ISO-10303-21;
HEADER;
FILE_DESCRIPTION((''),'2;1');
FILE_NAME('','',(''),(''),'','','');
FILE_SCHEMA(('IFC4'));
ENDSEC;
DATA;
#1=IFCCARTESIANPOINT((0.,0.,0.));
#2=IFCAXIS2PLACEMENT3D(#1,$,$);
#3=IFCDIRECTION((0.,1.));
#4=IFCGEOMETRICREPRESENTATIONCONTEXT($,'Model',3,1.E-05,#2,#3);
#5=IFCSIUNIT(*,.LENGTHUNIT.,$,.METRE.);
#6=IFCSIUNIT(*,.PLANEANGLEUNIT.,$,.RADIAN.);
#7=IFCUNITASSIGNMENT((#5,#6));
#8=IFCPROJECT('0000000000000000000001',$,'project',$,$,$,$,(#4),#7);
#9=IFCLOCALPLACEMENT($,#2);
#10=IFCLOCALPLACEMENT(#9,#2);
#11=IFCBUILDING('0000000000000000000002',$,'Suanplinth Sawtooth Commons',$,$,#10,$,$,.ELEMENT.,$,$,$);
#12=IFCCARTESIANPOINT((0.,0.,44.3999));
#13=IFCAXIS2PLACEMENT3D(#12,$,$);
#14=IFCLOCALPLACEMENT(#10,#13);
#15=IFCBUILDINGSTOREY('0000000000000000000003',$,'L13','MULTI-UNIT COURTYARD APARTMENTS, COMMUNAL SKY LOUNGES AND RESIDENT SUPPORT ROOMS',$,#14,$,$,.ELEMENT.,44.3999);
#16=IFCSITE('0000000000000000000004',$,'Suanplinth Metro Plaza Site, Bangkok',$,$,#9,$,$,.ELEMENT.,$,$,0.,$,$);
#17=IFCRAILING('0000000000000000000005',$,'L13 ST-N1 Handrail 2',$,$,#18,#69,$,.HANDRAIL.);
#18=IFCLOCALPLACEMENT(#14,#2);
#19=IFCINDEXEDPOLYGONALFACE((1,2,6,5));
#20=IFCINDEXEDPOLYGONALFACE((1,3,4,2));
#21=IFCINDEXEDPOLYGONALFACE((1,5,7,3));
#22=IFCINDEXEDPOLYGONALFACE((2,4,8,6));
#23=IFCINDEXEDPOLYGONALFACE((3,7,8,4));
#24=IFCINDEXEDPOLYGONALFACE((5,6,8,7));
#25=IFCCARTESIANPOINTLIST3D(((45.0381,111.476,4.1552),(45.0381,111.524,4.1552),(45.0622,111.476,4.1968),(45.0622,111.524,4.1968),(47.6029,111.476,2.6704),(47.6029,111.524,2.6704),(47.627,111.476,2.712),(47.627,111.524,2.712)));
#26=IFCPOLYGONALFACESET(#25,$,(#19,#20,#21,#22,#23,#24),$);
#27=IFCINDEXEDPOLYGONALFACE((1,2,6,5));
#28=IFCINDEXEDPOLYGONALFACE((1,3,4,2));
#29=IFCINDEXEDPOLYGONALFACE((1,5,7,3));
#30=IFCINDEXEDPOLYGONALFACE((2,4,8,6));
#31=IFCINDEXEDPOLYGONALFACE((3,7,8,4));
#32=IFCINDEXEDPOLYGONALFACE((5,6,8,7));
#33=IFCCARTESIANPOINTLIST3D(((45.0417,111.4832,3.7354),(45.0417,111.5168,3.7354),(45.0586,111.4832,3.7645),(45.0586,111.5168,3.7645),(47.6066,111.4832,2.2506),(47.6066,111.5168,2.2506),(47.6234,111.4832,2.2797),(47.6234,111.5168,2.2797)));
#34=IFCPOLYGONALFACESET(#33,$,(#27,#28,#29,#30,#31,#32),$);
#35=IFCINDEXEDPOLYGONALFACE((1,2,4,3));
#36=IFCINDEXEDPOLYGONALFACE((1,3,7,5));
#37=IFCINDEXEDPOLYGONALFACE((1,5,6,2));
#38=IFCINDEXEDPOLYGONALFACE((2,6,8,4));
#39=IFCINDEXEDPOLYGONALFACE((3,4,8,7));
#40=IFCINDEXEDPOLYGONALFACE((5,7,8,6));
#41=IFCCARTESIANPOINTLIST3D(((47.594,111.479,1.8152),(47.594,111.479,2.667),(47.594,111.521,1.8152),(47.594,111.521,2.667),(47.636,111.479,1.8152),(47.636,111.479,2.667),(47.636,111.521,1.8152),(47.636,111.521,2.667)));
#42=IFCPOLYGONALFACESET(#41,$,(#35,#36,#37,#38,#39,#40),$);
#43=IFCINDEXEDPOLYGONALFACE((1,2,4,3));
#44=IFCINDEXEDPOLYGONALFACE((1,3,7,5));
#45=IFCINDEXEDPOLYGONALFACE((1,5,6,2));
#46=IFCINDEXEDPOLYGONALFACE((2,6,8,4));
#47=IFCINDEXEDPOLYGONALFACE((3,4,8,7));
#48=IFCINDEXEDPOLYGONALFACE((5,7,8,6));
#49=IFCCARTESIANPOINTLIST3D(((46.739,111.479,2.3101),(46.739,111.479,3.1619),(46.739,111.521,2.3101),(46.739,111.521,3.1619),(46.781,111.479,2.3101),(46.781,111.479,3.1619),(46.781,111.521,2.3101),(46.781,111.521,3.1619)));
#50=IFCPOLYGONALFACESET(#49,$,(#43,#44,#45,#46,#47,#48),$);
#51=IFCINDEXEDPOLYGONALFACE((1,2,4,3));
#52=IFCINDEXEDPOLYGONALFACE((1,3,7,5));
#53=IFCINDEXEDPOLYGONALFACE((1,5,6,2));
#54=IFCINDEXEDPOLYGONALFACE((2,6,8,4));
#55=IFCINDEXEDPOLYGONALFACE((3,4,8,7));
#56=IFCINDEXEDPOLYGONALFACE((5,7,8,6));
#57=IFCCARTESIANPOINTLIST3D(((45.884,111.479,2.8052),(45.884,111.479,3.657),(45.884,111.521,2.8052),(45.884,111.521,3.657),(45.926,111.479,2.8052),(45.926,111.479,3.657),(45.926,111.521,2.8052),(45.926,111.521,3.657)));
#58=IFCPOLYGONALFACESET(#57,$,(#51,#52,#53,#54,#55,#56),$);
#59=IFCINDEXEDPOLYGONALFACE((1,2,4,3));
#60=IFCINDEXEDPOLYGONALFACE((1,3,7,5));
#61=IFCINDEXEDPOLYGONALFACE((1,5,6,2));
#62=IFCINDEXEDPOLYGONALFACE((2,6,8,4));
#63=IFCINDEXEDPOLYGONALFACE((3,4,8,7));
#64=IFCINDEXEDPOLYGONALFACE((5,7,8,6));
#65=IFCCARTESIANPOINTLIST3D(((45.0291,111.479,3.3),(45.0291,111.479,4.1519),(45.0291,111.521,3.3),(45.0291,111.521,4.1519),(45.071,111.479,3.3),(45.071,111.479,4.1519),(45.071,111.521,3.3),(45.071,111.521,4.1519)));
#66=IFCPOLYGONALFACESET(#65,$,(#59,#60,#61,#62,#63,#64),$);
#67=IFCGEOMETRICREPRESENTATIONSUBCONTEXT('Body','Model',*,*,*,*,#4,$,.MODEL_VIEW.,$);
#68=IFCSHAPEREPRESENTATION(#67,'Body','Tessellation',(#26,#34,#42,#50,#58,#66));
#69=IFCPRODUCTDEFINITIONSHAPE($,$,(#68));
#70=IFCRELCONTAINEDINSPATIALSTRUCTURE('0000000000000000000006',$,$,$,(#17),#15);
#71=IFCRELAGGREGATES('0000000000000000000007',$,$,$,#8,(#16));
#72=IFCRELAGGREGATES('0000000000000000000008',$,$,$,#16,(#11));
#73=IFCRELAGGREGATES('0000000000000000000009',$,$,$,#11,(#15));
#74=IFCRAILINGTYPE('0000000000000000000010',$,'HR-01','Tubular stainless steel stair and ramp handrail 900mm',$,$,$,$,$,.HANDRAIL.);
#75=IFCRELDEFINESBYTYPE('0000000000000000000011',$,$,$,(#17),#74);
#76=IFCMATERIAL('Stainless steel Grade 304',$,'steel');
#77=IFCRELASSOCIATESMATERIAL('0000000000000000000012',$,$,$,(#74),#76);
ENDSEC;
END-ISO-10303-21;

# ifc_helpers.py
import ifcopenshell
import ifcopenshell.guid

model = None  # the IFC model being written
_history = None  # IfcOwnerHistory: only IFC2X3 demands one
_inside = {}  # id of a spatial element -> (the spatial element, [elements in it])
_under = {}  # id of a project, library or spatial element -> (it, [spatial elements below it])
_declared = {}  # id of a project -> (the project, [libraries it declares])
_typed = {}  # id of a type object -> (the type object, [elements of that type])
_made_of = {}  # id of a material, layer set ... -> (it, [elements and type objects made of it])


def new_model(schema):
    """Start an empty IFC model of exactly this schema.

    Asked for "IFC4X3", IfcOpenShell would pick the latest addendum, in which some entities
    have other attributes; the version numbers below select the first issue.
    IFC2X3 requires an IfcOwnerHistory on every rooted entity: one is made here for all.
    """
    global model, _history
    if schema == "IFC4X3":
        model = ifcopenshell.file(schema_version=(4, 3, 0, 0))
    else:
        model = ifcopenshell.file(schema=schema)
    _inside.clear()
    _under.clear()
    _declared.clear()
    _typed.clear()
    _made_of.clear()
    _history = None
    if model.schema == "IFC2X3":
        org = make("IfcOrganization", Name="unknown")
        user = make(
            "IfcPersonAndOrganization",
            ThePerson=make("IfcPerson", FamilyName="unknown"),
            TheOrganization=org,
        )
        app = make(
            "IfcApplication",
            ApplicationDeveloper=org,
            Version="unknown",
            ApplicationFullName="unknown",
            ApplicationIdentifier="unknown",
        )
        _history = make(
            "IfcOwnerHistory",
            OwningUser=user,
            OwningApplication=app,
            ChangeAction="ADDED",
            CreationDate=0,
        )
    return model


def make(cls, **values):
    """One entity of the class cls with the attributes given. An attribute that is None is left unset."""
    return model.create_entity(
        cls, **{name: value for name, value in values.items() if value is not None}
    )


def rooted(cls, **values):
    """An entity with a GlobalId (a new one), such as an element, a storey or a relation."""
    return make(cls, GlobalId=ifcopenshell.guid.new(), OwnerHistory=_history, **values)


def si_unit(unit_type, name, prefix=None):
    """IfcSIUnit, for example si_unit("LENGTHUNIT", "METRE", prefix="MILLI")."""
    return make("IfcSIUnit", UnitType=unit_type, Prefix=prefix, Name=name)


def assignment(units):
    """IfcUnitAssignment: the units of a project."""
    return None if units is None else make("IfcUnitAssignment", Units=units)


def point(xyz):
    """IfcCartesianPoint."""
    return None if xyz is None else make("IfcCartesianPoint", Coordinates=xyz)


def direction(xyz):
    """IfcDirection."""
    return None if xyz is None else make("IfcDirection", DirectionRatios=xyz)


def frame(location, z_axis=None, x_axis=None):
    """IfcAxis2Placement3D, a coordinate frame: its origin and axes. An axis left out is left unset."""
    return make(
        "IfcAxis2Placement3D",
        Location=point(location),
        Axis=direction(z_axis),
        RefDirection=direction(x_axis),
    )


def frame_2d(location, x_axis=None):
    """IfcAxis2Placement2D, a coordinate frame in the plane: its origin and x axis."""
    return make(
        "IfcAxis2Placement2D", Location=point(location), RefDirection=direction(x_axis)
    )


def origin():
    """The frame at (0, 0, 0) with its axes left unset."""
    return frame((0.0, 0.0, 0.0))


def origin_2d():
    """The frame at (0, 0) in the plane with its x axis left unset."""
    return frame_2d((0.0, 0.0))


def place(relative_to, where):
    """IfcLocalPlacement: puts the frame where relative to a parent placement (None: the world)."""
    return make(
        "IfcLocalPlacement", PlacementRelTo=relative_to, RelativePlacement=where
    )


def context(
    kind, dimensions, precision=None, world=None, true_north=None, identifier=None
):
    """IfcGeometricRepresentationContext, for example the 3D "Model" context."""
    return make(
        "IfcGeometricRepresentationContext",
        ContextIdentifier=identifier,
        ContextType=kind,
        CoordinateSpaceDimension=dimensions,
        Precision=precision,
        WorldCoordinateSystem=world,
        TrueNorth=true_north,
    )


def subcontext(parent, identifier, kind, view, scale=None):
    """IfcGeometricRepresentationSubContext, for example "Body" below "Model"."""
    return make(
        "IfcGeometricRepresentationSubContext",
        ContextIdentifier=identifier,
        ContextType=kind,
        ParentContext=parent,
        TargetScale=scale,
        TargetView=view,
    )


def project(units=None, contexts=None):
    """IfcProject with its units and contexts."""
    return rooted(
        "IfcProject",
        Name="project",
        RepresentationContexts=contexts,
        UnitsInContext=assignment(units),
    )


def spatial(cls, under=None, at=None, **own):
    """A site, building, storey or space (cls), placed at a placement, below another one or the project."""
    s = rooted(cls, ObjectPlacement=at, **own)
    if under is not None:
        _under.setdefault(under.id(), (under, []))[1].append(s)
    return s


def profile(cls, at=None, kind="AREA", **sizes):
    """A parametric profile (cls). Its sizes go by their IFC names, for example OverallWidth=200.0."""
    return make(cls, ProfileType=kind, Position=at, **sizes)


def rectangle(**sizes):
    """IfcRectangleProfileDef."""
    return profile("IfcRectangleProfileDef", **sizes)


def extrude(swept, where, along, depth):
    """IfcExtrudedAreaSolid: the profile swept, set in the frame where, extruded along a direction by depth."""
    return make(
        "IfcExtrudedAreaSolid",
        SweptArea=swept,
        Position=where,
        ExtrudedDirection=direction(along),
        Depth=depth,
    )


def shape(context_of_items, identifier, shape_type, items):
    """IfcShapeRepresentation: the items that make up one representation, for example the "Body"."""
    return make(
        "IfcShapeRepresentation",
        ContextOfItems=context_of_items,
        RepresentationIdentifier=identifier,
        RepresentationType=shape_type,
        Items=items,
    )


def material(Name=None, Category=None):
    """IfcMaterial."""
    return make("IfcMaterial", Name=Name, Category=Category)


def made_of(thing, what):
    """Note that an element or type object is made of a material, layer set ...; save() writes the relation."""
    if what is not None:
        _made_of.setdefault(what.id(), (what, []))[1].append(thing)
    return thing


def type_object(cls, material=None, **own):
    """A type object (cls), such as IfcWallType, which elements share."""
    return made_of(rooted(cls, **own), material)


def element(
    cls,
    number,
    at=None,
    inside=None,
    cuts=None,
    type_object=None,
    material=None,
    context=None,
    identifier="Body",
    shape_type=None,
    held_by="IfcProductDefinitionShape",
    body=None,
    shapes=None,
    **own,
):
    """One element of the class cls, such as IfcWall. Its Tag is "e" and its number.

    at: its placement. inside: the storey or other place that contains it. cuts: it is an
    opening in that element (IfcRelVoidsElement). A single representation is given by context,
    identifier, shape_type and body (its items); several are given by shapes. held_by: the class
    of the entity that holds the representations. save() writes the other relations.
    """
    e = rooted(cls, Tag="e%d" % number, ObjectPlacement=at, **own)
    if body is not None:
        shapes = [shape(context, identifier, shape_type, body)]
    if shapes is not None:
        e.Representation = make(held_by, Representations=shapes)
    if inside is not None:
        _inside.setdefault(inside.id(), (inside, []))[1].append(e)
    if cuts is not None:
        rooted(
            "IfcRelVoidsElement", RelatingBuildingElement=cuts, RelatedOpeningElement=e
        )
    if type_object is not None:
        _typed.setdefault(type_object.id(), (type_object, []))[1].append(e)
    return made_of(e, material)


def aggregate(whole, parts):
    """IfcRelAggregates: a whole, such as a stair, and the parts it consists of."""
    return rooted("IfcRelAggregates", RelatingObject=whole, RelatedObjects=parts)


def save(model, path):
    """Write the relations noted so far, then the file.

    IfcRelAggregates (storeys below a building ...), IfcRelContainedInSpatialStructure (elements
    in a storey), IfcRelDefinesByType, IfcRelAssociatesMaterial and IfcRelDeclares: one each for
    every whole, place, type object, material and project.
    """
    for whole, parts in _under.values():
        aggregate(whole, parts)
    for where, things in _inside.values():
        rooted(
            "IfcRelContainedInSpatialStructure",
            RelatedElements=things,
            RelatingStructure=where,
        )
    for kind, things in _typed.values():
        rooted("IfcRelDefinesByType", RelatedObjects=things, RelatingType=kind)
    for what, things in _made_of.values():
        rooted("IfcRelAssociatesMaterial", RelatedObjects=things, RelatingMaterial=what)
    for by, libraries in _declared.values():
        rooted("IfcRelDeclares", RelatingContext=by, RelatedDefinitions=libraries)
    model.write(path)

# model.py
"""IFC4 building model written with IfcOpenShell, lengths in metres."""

from ifc_helpers import new_model, si_unit, direction, frame, origin, origin_2d, place, context, subcontext, project, spatial, rectangle, extrude, material, type_object, element, save


model = new_model("IFC4")

# Units and contexts
model_context = context("Model", 3, precision=1e-05, world=origin(), true_north=direction((0.0, 1.0)))
body_context = subcontext(model_context, "Body", "Model", "MODEL_VIEW")
ifc_project = project(units=[si_unit("LENGTHUNIT", "METRE"), si_unit("PLANEANGLEUNIT", "RADIAN")], contexts=[model_context])

# Site, building, storey
site_placement = place(None, origin())
site = spatial("IfcSite", under=ifc_project, at=site_placement, Name="Suanplinth Metro Plaza Site, Bangkok", CompositionType="ELEMENT", RefElevation=0.0)
building_placement = place(site_placement, origin())
building = spatial("IfcBuilding", under=site, at=building_placement, Name="Suanplinth Sawtooth Commons", CompositionType="ELEMENT")
storey_placement = place(building_placement, frame((0.0, 0.0, 44.3999)))
storey = spatial("IfcBuildingStorey", under=building, at=storey_placement, Name="L13", Description="MULTI-UNIT COURTYARD APARTMENTS, COMMUNAL SKY LOUNGES AND RESIDENT SUPPORT ROOMS", CompositionType="ELEMENT", Elevation=44.3999)

# Shared definitions
ifc_material_1 = material(Name="Stainless steel Grade 304", Category="steel")

# Railing
railing_type = type_object("IfcRailingType", Name="HR-01", Description="Tubular stainless steel stair and ramp handrail 900mm", PredefinedType="HANDRAIL", material=ifc_material_1)
railing_placement = place(storey_placement, frame((47.615, 111.5, 1.8152)))
element("IfcRailing", 1, at=railing_placement, inside=storey, type_object=railing_type, Name="L13 ST-N1 Handrail 2", PredefinedType="HANDRAIL", context=body_context, shape_type="SweptSolid", body=[
    extrude(rectangle(XDim=0.0481, YDim=0.0481, at=origin_2d()), frame((0.0, 0.0, 0.876), z_axis=(-0.865441, 0.0, 0.50101), x_axis=(0.0, -1.0, 0.0)), (0.0, 0.0, 1.0), 2.9636),
    extrude(rectangle(XDim=0.0337, YDim=0.0337, at=origin_2d()), frame((0.0, 0.0, 0.45), z_axis=(-0.865441, 0.0, 0.50101), x_axis=(0.0, -1.0, 0.0)), (0.0, 0.0, 1.0), 2.9636),
    extrude(rectangle(XDim=0.042, YDim=0.042, at=origin_2d()), origin(), (0.0, 0.0, 1.0), 0.8518),
    extrude(rectangle(XDim=0.042, YDim=0.042, at=origin_2d()), frame((-0.855, 0.0, 0.4949)), (0.0, 0.0, 1.0), 0.8518),
    extrude(rectangle(XDim=0.042, YDim=0.042, at=origin_2d()), frame((-1.71, 0.0, 0.99)), (0.0, 0.0, 1.0), 0.8518),
    extrude(rectangle(XDim=0.042, YDim=0.042, at=origin_2d()), frame((-2.5649, 0.0, 1.4849)), (0.0, 0.0, 1.0), 0.8518),
])

save(model, "model.ifc")
